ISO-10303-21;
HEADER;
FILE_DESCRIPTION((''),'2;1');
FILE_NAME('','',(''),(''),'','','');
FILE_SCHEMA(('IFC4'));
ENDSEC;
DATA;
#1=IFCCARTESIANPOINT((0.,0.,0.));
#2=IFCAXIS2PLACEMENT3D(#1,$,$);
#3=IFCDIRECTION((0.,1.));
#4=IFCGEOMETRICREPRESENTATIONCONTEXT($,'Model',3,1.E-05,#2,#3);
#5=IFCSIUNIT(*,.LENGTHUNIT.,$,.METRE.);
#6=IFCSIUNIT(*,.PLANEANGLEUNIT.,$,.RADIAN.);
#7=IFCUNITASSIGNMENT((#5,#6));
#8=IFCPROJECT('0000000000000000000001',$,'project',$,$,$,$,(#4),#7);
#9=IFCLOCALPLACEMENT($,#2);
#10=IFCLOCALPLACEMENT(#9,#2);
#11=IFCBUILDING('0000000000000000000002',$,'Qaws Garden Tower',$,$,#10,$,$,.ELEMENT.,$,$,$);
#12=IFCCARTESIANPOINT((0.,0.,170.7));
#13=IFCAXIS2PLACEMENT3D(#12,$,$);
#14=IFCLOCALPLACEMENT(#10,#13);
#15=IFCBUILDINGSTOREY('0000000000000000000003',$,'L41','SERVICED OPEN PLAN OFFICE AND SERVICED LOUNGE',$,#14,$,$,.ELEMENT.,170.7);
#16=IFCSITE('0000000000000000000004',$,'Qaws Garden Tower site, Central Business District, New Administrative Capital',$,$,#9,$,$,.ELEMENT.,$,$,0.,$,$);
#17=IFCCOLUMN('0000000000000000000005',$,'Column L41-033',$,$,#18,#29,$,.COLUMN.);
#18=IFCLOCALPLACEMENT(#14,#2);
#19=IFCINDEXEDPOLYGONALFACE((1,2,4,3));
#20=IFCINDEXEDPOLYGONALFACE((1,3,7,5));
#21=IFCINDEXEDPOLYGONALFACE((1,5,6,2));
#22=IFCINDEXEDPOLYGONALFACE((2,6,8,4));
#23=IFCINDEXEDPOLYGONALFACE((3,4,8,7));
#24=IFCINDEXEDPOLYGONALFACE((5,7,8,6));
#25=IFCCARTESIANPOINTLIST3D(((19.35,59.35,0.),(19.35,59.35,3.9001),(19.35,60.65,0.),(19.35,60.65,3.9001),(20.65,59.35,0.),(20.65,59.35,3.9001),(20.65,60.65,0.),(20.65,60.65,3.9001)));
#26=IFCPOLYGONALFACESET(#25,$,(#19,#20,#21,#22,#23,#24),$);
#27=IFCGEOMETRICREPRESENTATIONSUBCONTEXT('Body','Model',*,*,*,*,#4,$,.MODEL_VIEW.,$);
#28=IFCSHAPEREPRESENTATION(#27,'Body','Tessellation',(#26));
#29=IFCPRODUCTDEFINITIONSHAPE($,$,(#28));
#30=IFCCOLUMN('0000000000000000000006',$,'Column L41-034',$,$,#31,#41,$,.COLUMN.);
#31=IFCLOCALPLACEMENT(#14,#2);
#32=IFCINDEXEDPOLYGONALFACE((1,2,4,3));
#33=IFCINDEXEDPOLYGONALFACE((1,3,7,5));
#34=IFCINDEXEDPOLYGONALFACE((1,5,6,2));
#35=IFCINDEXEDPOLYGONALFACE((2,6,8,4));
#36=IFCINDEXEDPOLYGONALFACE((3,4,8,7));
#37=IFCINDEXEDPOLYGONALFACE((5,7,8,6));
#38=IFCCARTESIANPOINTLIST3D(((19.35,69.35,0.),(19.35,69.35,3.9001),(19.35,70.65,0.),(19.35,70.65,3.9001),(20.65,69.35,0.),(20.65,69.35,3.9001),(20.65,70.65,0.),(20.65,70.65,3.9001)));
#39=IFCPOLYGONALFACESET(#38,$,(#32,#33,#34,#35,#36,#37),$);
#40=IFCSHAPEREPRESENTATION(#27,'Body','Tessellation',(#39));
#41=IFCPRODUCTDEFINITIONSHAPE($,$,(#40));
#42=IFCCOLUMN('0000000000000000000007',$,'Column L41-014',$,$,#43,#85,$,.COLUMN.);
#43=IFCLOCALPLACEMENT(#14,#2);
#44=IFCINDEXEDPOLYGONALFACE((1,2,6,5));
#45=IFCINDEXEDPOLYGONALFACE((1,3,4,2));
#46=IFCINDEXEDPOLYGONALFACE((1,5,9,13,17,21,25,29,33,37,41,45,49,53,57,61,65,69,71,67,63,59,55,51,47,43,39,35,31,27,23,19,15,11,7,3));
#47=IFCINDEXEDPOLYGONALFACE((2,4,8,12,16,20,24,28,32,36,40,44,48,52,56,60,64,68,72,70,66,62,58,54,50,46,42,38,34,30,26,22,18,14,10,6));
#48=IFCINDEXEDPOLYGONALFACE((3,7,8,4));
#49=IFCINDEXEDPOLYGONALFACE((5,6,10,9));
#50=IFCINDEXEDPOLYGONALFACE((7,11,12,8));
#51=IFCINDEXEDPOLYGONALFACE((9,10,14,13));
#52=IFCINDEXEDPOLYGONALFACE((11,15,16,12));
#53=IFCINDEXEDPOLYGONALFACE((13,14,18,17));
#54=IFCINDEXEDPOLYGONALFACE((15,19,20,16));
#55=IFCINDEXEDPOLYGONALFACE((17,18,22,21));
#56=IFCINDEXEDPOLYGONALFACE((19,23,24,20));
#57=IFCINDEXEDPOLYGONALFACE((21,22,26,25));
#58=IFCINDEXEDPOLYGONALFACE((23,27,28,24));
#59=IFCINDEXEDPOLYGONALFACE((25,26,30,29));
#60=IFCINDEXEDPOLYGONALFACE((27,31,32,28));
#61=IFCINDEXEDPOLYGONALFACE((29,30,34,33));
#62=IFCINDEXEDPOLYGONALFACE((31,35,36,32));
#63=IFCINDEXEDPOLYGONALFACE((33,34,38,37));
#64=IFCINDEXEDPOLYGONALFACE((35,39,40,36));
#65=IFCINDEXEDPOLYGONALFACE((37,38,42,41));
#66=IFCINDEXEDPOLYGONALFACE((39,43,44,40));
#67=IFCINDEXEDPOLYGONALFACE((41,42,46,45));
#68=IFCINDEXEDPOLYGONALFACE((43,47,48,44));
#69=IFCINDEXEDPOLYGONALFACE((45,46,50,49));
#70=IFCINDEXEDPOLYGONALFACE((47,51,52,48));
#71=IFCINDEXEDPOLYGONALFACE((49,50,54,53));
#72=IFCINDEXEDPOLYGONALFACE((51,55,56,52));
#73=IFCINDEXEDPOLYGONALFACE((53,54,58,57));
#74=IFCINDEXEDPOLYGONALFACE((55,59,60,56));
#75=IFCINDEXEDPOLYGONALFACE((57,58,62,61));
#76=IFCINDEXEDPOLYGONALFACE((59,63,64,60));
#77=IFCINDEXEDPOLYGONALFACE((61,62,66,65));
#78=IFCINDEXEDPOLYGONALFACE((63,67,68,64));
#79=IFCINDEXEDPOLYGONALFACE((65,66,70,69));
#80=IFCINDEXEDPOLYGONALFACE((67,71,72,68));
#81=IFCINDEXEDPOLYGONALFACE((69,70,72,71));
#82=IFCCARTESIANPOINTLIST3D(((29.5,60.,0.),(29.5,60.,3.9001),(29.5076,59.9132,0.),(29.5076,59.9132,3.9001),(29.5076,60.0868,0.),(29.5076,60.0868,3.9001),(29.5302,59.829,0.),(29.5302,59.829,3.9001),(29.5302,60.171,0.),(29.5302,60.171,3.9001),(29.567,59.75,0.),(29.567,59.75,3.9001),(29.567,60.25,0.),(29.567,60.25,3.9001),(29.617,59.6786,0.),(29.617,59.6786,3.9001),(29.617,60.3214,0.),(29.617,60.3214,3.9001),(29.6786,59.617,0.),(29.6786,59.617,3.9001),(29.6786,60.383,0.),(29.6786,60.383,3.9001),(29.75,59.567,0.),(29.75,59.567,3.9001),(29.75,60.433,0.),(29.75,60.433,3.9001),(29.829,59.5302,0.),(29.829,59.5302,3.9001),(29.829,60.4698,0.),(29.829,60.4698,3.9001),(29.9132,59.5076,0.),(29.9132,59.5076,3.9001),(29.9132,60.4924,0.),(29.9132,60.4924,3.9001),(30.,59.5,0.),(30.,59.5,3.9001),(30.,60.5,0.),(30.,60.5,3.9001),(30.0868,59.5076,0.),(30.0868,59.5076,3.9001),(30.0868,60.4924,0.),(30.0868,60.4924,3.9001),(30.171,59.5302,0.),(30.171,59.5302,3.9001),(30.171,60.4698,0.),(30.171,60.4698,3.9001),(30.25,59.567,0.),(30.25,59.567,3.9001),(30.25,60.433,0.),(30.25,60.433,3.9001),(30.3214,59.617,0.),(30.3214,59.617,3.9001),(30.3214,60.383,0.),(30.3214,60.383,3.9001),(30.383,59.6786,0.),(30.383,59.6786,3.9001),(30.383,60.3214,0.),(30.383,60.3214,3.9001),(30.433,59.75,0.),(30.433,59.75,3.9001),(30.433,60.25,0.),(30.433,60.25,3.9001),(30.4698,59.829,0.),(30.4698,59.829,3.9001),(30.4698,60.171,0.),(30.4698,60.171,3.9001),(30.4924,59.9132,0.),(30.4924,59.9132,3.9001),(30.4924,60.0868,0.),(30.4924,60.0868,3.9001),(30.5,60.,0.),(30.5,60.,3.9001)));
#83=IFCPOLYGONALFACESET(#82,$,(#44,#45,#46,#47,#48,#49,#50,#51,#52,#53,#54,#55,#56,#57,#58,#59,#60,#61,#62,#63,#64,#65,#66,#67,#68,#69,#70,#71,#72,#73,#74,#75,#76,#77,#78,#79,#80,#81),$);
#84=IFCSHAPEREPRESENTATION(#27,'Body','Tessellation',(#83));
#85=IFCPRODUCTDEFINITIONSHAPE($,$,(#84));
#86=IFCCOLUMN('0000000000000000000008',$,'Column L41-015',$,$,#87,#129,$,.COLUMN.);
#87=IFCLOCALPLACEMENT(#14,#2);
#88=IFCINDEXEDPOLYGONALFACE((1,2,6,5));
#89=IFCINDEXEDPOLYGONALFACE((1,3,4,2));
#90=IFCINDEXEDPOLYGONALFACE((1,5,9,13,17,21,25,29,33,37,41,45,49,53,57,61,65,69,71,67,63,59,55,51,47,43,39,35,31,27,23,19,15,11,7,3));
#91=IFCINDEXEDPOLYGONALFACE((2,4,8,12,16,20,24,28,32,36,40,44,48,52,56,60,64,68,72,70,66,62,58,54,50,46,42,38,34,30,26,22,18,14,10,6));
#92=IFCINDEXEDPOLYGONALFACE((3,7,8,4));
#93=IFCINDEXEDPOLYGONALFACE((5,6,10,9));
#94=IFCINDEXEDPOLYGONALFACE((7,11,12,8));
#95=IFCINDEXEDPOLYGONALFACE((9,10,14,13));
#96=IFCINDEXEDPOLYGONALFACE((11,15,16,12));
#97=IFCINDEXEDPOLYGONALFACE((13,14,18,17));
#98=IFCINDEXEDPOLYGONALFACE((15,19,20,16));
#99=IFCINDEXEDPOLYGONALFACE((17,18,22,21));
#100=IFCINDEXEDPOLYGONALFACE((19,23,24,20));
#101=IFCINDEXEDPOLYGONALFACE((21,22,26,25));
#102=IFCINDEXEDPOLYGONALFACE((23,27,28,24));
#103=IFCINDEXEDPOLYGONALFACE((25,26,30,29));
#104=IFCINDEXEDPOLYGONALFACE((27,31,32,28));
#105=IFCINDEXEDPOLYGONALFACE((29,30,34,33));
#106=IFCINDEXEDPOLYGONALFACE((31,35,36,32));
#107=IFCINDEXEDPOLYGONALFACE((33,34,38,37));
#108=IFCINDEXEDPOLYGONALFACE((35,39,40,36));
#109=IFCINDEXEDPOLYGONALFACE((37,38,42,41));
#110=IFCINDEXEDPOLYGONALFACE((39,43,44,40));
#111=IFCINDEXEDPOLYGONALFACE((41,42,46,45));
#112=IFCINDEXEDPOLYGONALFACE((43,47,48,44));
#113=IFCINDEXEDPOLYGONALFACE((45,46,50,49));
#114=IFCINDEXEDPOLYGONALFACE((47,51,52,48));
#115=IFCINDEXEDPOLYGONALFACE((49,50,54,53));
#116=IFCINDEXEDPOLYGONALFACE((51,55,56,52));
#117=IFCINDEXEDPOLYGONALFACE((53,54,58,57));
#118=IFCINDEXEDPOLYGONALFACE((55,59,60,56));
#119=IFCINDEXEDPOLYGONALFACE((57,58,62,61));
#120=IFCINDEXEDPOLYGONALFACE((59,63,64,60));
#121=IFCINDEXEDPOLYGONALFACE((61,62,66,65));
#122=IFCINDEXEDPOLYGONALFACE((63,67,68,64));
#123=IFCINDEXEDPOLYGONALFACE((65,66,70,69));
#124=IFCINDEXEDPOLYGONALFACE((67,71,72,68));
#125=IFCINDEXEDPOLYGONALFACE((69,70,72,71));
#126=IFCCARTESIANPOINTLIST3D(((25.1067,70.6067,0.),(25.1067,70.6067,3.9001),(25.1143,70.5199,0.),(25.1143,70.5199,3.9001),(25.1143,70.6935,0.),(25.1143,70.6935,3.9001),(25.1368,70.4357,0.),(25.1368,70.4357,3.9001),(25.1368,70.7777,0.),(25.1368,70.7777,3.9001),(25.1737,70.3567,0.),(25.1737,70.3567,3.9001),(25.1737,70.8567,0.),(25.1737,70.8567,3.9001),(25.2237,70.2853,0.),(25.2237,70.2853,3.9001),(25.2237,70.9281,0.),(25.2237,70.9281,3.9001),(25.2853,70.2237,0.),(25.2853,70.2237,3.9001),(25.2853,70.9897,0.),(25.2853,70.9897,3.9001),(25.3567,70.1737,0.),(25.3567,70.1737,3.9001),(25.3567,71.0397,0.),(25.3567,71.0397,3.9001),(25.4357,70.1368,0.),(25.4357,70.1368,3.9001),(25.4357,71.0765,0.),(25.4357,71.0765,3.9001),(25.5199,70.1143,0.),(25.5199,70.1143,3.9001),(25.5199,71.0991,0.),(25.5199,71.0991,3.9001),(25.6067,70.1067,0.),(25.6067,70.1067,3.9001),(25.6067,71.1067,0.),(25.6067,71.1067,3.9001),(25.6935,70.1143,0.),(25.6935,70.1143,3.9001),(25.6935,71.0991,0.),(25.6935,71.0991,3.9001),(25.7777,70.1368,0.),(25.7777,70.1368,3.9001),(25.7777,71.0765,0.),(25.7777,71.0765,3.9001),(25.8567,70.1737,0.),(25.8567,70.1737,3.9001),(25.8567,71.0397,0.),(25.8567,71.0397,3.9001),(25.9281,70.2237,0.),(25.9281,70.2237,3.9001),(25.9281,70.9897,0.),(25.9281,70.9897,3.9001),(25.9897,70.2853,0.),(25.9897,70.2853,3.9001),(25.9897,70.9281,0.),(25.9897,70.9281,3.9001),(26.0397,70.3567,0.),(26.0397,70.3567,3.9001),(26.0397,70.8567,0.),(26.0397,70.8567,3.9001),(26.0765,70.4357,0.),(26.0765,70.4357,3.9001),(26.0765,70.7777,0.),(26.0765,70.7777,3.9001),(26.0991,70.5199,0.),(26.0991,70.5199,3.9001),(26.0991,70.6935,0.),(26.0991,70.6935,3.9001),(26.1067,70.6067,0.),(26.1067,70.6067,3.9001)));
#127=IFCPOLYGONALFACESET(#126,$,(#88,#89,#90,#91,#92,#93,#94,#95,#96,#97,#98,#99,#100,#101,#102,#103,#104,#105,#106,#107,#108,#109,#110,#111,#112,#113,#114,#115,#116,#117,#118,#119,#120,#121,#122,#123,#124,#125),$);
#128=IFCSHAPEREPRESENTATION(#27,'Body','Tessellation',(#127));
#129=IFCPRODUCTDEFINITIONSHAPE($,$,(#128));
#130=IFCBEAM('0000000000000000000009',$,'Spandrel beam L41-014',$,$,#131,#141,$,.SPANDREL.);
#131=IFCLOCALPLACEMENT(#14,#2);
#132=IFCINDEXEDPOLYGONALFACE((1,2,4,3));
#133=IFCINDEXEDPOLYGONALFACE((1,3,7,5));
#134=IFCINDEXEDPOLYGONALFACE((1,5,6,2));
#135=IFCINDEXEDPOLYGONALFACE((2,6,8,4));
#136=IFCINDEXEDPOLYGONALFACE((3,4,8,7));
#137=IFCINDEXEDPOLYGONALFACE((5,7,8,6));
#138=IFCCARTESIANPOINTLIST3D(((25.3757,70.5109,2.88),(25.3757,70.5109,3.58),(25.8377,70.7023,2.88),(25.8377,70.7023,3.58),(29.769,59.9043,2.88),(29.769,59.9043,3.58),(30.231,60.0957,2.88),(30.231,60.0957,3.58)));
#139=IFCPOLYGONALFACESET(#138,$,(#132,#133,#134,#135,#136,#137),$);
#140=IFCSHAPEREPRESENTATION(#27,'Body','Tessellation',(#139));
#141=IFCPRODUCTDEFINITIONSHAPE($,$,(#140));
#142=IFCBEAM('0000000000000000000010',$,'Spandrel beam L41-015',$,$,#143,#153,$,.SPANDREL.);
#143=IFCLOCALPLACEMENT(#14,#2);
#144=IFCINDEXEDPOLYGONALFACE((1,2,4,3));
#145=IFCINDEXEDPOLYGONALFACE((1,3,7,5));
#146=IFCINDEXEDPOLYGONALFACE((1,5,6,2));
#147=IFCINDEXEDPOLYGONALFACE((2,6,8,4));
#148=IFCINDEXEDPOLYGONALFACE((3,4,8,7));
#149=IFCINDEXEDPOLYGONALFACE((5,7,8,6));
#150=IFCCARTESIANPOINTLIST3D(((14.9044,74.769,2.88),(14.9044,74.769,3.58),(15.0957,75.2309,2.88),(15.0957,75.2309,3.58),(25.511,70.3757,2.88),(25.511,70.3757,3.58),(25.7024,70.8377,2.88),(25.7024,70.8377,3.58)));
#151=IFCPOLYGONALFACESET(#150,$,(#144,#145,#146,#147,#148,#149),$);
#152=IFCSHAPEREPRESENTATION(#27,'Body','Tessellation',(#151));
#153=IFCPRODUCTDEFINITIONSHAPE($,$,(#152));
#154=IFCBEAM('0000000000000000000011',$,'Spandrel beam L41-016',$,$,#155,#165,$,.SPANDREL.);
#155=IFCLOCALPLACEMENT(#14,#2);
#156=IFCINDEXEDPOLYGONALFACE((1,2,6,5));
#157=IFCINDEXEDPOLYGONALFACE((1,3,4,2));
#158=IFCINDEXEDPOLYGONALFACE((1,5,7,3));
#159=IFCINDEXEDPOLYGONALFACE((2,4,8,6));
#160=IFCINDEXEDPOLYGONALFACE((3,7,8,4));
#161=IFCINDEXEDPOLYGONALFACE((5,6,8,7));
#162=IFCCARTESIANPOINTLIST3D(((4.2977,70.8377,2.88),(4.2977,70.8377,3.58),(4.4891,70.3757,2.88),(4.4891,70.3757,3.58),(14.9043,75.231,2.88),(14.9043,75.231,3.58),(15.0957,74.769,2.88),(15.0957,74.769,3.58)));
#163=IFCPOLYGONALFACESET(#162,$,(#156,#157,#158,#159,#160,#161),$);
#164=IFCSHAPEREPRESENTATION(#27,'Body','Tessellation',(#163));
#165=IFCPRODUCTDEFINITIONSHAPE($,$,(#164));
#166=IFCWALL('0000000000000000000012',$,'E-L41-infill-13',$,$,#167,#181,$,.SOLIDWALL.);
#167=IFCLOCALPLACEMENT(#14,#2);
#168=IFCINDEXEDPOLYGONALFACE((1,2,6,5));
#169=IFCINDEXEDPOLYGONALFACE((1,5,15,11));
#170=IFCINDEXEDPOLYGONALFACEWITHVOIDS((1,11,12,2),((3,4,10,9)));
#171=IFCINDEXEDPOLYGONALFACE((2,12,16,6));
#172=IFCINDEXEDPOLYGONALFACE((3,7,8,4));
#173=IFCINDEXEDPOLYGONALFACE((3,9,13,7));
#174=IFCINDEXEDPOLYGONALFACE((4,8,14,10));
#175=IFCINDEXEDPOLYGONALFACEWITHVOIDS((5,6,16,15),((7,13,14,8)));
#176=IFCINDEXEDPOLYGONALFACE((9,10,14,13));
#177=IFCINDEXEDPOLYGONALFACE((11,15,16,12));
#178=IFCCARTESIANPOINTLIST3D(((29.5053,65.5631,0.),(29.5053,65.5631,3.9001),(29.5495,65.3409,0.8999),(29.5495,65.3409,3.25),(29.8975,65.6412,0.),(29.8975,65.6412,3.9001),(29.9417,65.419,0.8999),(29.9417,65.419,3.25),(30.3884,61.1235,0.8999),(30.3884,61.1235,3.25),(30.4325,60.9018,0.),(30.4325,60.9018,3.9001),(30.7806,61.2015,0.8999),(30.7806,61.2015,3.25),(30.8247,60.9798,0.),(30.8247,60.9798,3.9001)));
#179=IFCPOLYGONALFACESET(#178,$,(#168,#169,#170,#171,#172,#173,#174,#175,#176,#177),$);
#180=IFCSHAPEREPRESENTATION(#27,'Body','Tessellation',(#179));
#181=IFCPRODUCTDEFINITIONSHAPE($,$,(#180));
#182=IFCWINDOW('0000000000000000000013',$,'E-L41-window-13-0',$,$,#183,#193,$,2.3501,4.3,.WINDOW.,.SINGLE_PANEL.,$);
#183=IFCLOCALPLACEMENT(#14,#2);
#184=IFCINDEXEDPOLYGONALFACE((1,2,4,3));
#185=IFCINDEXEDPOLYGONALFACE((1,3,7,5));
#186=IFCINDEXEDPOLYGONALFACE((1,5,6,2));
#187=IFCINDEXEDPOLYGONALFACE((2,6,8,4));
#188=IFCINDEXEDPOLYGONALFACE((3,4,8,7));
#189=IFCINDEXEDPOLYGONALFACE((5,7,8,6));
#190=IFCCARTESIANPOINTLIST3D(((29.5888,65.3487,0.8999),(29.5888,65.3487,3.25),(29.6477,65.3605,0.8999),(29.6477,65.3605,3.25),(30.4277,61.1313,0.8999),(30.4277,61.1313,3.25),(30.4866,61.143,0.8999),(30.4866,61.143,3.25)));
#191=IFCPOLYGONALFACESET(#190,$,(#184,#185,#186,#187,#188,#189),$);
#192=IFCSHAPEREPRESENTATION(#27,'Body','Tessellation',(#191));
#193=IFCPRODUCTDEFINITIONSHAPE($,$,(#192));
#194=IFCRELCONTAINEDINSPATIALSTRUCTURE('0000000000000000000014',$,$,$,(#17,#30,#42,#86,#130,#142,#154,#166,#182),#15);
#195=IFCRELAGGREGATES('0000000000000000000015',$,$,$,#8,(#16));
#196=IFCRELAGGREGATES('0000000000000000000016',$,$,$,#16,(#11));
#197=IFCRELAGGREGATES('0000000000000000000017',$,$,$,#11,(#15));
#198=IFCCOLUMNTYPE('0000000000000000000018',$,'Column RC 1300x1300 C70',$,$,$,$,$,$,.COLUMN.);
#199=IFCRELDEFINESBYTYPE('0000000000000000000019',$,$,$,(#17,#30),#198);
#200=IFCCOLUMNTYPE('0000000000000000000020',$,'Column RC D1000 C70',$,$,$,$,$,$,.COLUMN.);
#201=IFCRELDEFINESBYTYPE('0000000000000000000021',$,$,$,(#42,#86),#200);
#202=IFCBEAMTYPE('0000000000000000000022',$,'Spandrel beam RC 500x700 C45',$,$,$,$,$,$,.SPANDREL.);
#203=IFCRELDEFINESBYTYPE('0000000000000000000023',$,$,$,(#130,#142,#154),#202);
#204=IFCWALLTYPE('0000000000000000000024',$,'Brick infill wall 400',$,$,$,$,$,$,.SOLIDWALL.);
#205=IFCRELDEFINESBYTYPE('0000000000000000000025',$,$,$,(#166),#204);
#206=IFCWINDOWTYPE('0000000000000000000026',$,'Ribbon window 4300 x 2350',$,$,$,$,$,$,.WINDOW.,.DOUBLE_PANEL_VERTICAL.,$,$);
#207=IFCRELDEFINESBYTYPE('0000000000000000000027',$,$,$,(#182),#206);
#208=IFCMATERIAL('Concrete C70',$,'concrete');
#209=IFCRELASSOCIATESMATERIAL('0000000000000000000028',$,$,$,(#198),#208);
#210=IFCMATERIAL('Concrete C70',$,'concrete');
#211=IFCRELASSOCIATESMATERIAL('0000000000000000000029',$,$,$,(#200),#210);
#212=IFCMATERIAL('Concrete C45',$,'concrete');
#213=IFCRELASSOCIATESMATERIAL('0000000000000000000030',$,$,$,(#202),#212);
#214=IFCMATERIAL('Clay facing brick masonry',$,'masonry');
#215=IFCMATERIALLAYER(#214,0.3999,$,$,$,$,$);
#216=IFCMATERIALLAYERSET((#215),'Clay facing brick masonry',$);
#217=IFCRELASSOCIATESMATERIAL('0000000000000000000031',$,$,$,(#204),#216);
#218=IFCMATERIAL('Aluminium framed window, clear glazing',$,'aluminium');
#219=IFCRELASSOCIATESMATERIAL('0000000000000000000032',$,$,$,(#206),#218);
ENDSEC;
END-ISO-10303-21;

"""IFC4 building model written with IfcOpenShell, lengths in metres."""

from ifc_helpers import new_model, si_unit, direction, frame, frame_2d, origin, origin_2d, place, context, subcontext, project, spatial, rectangle, circle, extrude, material, layer, layer_set, material_profile, profile_set, type_object, element, fill, save


model = new_model("IFC4")

# Units and contexts
model_context = context("Model", 3, precision=1e-05, world=origin(), true_north=direction((0.0, 1.0)))
body_context = subcontext(model_context, "Body", "Model", "MODEL_VIEW")
ifc_project = project(units=[si_unit("LENGTHUNIT", "METRE"), si_unit("PLANEANGLEUNIT", "RADIAN")], contexts=[model_context])

# Site, building, storey
site_placement = place(None, origin())
site = spatial("IfcSite", under=ifc_project, at=site_placement, Name="Qaws Garden Tower site, Central Business District, New Administrative Capital", CompositionType="ELEMENT", RefElevation=0.0)
building_placement = place(site_placement, origin())
building = spatial("IfcBuilding", under=site, at=building_placement, Name="Qaws Garden Tower", CompositionType="ELEMENT")
storey_placement = place(building_placement, frame((0.0, 0.0, 170.7)))
storey = spatial("IfcBuildingStorey", under=building, at=storey_placement, Name="L41", Description="SERVICED OPEN PLAN OFFICE AND SERVICED LOUNGE", CompositionType="ELEMENT", Elevation=170.7)

# Columns
ifc_material_1 = material(Name="Concrete C70", Category="concrete")
ifc_material_profile_1 = material_profile(ifc_material_1, rectangle(XDim=1.3, YDim=1.3, at=origin_2d()), Name="RC 1300x1300")
ifc_profile_set_1 = profile_set([ifc_material_profile_1], Name="Concrete C70")
column_type_1 = type_object("IfcColumnType", Name="Column RC 1300x1300 C70", PredefinedType="COLUMN", material=ifc_profile_set_1)
for number, where, z_axis, x_axis, name in (
    (1, (20.0, 60.0, 0.0), (0.0, 0.0, 1.0), (1.0, 0.0, 0.0), "Column L41-033"),
    (2, (20.0, 70.0, 0.0), (0.0, 0.0, 1.0), (1.0, 0.0, 0.0), "Column L41-034"),
):
    element("IfcColumn", number, at=place(storey_placement, frame(where, z_axis=z_axis, x_axis=x_axis)), inside=storey, type_object=column_type_1, Name=name, PredefinedType="COLUMN", context=body_context, shape_type="SweptSolid", body=[
        extrude(rectangle(XDim=1.3, YDim=1.3, at=origin_2d()), origin(), (0.0, 0.0, 1.0), 3.9001),
    ])
ifc_material_2 = material(Name="Concrete C70", Category="concrete")
ifc_material_profile_2 = material_profile(ifc_material_2, circle(Radius=0.5, at=origin_2d()), Name="RC D1000")
ifc_profile_set_2 = profile_set([ifc_material_profile_2], Name="Concrete C70")
column_type_2 = type_object("IfcColumnType", Name="Column RC D1000 C70", PredefinedType="COLUMN", material=ifc_profile_set_2)
for number, where, z_axis, x_axis, name in (
    (3, (30.0, 60.0, 0.0), (0.0, 0.0, 1.0), (1.0, 0.0, 0.0), "Column L41-014"),
    (4, (25.6067, 70.6067, 0.0), (0.0, 0.0, 1.0), (1.0, 0.0, 0.0), "Column L41-015"),
):
    element("IfcColumn", number, at=place(storey_placement, frame(where, z_axis=z_axis, x_axis=x_axis)), inside=storey, type_object=column_type_2, Name=name, PredefinedType="COLUMN", context=body_context, shape_type="SweptSolid", body=[
        extrude(circle(Radius=0.5, at=origin_2d()), origin(), (0.0, 0.0, 1.0), 3.9001),
    ])

# Beams
ifc_material_3 = material(Name="Concrete C45", Category="concrete")
ifc_material_profile_3 = material_profile(ifc_material_3, rectangle(XDim=0.5, YDim=0.7, at=origin_2d()), Name="RC 500x700")
ifc_profile_set_3 = profile_set([ifc_material_profile_3], Name="Concrete C45")
beam_type = type_object("IfcBeamType", Name="Spandrel beam RC 500x700 C45", PredefinedType="SPANDREL", material=ifc_profile_set_3)
for number, where, z_axis, x_axis, name in (
    (5, (30.0, 60.0, 3.23), (-0.382674, 0.923883, 0.0), (-0.923883, -0.382674, 0.0), "Spandrel beam L41-014"),
    (6, (25.6067, 70.6067, 3.23), (-0.923883, 0.382674, 0.0), (-0.382674, -0.923883, 0.0), "Spandrel beam L41-015"),
    (7, (15.0, 75.0, 3.23), (-0.923883, -0.382674, 0.0), (0.382674, -0.923883, 0.0), "Spandrel beam L41-016"),
):
    element("IfcBeam", number, at=place(storey_placement, frame(where, z_axis=z_axis, x_axis=x_axis)), inside=storey, type_object=beam_type, Name=name, PredefinedType="SPANDREL", context=body_context, shape_type="SweptSolid", body=[
        extrude(rectangle(XDim=0.5, YDim=0.7, at=origin_2d()), origin(), (0.0, 0.0, 1.0), 11.4805),
    ])

# Wall, opening, window
ifc_material_4 = material(Name="Clay facing brick masonry", Category="masonry")
ifc_layer_1 = layer(ifc_material_4, 0.3999)
ifc_layer_set_1 = layer_set([ifc_layer_1], Name="Clay facing brick masonry")
wall_type_1 = type_object("IfcWallType", Name="Brick infill wall 400", PredefinedType="SOLIDWALL", material=ifc_layer_set_1)
wall_1_placement = place(storey_placement, frame((30.6287, 60.9407, 0.0), z_axis=(0.0, 0.0, 1.0), x_axis=(-0.195099, 0.980784, 0.0)))
wall_1 = element("IfcWall", 8, at=wall_1_placement, inside=storey, type_object=wall_type_1, Name="E-L41-infill-13", PredefinedType="SOLIDWALL", context=body_context, shape_type="SweptSolid", body=[
    extrude(rectangle(XDim=4.7527, YDim=0.3999, at=frame_2d((2.3765, 0.0))), origin(), (0.0, 0.0, 1.0), 3.9001),
])
opening_1_placement = place(wall_1_placement, frame((0.2263, 0.0, 0.8999)))
opening_1 = element("IfcOpeningElement", 9, at=opening_1_placement, cuts=wall_1, PredefinedType="OPENING", context=body_context, shape_type="SweptSolid", body=[
    extrude(rectangle(XDim=4.3, YDim=2.3501, at=frame_2d((2.1499, 1.175))), frame((0.0, 0.21, 0.0), z_axis=(0.0, -1.0, 0.0), x_axis=(1.0, 0.0, 0.0)), (0.0, 0.0, 1.0), 0.4199),
])
ifc_material_5 = material(Name="Aluminium framed window, clear glazing", Category="aluminium")
window_type = type_object("IfcWindowType", Name="Ribbon window 4300 x 2350", PartitioningType="DOUBLE_PANEL_VERTICAL", PredefinedType="WINDOW", material=ifc_material_5)
window_1_placement = place(opening_1_placement, origin())
window_1 = element("IfcWindow", 10, at=window_1_placement, inside=storey, type_object=window_type, Name="E-L41-window-13-0", OverallHeight=2.3501, OverallWidth=4.3, PartitioningType="SINGLE_PANEL", PredefinedType="WINDOW", context=body_context, shape_type="SweptSolid", body=[
    extrude(rectangle(XDim=4.3, YDim=2.3501, at=frame_2d((2.1499, 1.175))), frame((0.0, 0.1599, 0.0), z_axis=(0.0, -1.0, 0.0), x_axis=(1.0, 0.0, 0.0)), (0.0, 0.0, 1.0), 0.0601),
])
fill(opening_1, window_1)

save(model, "model.ifc")
